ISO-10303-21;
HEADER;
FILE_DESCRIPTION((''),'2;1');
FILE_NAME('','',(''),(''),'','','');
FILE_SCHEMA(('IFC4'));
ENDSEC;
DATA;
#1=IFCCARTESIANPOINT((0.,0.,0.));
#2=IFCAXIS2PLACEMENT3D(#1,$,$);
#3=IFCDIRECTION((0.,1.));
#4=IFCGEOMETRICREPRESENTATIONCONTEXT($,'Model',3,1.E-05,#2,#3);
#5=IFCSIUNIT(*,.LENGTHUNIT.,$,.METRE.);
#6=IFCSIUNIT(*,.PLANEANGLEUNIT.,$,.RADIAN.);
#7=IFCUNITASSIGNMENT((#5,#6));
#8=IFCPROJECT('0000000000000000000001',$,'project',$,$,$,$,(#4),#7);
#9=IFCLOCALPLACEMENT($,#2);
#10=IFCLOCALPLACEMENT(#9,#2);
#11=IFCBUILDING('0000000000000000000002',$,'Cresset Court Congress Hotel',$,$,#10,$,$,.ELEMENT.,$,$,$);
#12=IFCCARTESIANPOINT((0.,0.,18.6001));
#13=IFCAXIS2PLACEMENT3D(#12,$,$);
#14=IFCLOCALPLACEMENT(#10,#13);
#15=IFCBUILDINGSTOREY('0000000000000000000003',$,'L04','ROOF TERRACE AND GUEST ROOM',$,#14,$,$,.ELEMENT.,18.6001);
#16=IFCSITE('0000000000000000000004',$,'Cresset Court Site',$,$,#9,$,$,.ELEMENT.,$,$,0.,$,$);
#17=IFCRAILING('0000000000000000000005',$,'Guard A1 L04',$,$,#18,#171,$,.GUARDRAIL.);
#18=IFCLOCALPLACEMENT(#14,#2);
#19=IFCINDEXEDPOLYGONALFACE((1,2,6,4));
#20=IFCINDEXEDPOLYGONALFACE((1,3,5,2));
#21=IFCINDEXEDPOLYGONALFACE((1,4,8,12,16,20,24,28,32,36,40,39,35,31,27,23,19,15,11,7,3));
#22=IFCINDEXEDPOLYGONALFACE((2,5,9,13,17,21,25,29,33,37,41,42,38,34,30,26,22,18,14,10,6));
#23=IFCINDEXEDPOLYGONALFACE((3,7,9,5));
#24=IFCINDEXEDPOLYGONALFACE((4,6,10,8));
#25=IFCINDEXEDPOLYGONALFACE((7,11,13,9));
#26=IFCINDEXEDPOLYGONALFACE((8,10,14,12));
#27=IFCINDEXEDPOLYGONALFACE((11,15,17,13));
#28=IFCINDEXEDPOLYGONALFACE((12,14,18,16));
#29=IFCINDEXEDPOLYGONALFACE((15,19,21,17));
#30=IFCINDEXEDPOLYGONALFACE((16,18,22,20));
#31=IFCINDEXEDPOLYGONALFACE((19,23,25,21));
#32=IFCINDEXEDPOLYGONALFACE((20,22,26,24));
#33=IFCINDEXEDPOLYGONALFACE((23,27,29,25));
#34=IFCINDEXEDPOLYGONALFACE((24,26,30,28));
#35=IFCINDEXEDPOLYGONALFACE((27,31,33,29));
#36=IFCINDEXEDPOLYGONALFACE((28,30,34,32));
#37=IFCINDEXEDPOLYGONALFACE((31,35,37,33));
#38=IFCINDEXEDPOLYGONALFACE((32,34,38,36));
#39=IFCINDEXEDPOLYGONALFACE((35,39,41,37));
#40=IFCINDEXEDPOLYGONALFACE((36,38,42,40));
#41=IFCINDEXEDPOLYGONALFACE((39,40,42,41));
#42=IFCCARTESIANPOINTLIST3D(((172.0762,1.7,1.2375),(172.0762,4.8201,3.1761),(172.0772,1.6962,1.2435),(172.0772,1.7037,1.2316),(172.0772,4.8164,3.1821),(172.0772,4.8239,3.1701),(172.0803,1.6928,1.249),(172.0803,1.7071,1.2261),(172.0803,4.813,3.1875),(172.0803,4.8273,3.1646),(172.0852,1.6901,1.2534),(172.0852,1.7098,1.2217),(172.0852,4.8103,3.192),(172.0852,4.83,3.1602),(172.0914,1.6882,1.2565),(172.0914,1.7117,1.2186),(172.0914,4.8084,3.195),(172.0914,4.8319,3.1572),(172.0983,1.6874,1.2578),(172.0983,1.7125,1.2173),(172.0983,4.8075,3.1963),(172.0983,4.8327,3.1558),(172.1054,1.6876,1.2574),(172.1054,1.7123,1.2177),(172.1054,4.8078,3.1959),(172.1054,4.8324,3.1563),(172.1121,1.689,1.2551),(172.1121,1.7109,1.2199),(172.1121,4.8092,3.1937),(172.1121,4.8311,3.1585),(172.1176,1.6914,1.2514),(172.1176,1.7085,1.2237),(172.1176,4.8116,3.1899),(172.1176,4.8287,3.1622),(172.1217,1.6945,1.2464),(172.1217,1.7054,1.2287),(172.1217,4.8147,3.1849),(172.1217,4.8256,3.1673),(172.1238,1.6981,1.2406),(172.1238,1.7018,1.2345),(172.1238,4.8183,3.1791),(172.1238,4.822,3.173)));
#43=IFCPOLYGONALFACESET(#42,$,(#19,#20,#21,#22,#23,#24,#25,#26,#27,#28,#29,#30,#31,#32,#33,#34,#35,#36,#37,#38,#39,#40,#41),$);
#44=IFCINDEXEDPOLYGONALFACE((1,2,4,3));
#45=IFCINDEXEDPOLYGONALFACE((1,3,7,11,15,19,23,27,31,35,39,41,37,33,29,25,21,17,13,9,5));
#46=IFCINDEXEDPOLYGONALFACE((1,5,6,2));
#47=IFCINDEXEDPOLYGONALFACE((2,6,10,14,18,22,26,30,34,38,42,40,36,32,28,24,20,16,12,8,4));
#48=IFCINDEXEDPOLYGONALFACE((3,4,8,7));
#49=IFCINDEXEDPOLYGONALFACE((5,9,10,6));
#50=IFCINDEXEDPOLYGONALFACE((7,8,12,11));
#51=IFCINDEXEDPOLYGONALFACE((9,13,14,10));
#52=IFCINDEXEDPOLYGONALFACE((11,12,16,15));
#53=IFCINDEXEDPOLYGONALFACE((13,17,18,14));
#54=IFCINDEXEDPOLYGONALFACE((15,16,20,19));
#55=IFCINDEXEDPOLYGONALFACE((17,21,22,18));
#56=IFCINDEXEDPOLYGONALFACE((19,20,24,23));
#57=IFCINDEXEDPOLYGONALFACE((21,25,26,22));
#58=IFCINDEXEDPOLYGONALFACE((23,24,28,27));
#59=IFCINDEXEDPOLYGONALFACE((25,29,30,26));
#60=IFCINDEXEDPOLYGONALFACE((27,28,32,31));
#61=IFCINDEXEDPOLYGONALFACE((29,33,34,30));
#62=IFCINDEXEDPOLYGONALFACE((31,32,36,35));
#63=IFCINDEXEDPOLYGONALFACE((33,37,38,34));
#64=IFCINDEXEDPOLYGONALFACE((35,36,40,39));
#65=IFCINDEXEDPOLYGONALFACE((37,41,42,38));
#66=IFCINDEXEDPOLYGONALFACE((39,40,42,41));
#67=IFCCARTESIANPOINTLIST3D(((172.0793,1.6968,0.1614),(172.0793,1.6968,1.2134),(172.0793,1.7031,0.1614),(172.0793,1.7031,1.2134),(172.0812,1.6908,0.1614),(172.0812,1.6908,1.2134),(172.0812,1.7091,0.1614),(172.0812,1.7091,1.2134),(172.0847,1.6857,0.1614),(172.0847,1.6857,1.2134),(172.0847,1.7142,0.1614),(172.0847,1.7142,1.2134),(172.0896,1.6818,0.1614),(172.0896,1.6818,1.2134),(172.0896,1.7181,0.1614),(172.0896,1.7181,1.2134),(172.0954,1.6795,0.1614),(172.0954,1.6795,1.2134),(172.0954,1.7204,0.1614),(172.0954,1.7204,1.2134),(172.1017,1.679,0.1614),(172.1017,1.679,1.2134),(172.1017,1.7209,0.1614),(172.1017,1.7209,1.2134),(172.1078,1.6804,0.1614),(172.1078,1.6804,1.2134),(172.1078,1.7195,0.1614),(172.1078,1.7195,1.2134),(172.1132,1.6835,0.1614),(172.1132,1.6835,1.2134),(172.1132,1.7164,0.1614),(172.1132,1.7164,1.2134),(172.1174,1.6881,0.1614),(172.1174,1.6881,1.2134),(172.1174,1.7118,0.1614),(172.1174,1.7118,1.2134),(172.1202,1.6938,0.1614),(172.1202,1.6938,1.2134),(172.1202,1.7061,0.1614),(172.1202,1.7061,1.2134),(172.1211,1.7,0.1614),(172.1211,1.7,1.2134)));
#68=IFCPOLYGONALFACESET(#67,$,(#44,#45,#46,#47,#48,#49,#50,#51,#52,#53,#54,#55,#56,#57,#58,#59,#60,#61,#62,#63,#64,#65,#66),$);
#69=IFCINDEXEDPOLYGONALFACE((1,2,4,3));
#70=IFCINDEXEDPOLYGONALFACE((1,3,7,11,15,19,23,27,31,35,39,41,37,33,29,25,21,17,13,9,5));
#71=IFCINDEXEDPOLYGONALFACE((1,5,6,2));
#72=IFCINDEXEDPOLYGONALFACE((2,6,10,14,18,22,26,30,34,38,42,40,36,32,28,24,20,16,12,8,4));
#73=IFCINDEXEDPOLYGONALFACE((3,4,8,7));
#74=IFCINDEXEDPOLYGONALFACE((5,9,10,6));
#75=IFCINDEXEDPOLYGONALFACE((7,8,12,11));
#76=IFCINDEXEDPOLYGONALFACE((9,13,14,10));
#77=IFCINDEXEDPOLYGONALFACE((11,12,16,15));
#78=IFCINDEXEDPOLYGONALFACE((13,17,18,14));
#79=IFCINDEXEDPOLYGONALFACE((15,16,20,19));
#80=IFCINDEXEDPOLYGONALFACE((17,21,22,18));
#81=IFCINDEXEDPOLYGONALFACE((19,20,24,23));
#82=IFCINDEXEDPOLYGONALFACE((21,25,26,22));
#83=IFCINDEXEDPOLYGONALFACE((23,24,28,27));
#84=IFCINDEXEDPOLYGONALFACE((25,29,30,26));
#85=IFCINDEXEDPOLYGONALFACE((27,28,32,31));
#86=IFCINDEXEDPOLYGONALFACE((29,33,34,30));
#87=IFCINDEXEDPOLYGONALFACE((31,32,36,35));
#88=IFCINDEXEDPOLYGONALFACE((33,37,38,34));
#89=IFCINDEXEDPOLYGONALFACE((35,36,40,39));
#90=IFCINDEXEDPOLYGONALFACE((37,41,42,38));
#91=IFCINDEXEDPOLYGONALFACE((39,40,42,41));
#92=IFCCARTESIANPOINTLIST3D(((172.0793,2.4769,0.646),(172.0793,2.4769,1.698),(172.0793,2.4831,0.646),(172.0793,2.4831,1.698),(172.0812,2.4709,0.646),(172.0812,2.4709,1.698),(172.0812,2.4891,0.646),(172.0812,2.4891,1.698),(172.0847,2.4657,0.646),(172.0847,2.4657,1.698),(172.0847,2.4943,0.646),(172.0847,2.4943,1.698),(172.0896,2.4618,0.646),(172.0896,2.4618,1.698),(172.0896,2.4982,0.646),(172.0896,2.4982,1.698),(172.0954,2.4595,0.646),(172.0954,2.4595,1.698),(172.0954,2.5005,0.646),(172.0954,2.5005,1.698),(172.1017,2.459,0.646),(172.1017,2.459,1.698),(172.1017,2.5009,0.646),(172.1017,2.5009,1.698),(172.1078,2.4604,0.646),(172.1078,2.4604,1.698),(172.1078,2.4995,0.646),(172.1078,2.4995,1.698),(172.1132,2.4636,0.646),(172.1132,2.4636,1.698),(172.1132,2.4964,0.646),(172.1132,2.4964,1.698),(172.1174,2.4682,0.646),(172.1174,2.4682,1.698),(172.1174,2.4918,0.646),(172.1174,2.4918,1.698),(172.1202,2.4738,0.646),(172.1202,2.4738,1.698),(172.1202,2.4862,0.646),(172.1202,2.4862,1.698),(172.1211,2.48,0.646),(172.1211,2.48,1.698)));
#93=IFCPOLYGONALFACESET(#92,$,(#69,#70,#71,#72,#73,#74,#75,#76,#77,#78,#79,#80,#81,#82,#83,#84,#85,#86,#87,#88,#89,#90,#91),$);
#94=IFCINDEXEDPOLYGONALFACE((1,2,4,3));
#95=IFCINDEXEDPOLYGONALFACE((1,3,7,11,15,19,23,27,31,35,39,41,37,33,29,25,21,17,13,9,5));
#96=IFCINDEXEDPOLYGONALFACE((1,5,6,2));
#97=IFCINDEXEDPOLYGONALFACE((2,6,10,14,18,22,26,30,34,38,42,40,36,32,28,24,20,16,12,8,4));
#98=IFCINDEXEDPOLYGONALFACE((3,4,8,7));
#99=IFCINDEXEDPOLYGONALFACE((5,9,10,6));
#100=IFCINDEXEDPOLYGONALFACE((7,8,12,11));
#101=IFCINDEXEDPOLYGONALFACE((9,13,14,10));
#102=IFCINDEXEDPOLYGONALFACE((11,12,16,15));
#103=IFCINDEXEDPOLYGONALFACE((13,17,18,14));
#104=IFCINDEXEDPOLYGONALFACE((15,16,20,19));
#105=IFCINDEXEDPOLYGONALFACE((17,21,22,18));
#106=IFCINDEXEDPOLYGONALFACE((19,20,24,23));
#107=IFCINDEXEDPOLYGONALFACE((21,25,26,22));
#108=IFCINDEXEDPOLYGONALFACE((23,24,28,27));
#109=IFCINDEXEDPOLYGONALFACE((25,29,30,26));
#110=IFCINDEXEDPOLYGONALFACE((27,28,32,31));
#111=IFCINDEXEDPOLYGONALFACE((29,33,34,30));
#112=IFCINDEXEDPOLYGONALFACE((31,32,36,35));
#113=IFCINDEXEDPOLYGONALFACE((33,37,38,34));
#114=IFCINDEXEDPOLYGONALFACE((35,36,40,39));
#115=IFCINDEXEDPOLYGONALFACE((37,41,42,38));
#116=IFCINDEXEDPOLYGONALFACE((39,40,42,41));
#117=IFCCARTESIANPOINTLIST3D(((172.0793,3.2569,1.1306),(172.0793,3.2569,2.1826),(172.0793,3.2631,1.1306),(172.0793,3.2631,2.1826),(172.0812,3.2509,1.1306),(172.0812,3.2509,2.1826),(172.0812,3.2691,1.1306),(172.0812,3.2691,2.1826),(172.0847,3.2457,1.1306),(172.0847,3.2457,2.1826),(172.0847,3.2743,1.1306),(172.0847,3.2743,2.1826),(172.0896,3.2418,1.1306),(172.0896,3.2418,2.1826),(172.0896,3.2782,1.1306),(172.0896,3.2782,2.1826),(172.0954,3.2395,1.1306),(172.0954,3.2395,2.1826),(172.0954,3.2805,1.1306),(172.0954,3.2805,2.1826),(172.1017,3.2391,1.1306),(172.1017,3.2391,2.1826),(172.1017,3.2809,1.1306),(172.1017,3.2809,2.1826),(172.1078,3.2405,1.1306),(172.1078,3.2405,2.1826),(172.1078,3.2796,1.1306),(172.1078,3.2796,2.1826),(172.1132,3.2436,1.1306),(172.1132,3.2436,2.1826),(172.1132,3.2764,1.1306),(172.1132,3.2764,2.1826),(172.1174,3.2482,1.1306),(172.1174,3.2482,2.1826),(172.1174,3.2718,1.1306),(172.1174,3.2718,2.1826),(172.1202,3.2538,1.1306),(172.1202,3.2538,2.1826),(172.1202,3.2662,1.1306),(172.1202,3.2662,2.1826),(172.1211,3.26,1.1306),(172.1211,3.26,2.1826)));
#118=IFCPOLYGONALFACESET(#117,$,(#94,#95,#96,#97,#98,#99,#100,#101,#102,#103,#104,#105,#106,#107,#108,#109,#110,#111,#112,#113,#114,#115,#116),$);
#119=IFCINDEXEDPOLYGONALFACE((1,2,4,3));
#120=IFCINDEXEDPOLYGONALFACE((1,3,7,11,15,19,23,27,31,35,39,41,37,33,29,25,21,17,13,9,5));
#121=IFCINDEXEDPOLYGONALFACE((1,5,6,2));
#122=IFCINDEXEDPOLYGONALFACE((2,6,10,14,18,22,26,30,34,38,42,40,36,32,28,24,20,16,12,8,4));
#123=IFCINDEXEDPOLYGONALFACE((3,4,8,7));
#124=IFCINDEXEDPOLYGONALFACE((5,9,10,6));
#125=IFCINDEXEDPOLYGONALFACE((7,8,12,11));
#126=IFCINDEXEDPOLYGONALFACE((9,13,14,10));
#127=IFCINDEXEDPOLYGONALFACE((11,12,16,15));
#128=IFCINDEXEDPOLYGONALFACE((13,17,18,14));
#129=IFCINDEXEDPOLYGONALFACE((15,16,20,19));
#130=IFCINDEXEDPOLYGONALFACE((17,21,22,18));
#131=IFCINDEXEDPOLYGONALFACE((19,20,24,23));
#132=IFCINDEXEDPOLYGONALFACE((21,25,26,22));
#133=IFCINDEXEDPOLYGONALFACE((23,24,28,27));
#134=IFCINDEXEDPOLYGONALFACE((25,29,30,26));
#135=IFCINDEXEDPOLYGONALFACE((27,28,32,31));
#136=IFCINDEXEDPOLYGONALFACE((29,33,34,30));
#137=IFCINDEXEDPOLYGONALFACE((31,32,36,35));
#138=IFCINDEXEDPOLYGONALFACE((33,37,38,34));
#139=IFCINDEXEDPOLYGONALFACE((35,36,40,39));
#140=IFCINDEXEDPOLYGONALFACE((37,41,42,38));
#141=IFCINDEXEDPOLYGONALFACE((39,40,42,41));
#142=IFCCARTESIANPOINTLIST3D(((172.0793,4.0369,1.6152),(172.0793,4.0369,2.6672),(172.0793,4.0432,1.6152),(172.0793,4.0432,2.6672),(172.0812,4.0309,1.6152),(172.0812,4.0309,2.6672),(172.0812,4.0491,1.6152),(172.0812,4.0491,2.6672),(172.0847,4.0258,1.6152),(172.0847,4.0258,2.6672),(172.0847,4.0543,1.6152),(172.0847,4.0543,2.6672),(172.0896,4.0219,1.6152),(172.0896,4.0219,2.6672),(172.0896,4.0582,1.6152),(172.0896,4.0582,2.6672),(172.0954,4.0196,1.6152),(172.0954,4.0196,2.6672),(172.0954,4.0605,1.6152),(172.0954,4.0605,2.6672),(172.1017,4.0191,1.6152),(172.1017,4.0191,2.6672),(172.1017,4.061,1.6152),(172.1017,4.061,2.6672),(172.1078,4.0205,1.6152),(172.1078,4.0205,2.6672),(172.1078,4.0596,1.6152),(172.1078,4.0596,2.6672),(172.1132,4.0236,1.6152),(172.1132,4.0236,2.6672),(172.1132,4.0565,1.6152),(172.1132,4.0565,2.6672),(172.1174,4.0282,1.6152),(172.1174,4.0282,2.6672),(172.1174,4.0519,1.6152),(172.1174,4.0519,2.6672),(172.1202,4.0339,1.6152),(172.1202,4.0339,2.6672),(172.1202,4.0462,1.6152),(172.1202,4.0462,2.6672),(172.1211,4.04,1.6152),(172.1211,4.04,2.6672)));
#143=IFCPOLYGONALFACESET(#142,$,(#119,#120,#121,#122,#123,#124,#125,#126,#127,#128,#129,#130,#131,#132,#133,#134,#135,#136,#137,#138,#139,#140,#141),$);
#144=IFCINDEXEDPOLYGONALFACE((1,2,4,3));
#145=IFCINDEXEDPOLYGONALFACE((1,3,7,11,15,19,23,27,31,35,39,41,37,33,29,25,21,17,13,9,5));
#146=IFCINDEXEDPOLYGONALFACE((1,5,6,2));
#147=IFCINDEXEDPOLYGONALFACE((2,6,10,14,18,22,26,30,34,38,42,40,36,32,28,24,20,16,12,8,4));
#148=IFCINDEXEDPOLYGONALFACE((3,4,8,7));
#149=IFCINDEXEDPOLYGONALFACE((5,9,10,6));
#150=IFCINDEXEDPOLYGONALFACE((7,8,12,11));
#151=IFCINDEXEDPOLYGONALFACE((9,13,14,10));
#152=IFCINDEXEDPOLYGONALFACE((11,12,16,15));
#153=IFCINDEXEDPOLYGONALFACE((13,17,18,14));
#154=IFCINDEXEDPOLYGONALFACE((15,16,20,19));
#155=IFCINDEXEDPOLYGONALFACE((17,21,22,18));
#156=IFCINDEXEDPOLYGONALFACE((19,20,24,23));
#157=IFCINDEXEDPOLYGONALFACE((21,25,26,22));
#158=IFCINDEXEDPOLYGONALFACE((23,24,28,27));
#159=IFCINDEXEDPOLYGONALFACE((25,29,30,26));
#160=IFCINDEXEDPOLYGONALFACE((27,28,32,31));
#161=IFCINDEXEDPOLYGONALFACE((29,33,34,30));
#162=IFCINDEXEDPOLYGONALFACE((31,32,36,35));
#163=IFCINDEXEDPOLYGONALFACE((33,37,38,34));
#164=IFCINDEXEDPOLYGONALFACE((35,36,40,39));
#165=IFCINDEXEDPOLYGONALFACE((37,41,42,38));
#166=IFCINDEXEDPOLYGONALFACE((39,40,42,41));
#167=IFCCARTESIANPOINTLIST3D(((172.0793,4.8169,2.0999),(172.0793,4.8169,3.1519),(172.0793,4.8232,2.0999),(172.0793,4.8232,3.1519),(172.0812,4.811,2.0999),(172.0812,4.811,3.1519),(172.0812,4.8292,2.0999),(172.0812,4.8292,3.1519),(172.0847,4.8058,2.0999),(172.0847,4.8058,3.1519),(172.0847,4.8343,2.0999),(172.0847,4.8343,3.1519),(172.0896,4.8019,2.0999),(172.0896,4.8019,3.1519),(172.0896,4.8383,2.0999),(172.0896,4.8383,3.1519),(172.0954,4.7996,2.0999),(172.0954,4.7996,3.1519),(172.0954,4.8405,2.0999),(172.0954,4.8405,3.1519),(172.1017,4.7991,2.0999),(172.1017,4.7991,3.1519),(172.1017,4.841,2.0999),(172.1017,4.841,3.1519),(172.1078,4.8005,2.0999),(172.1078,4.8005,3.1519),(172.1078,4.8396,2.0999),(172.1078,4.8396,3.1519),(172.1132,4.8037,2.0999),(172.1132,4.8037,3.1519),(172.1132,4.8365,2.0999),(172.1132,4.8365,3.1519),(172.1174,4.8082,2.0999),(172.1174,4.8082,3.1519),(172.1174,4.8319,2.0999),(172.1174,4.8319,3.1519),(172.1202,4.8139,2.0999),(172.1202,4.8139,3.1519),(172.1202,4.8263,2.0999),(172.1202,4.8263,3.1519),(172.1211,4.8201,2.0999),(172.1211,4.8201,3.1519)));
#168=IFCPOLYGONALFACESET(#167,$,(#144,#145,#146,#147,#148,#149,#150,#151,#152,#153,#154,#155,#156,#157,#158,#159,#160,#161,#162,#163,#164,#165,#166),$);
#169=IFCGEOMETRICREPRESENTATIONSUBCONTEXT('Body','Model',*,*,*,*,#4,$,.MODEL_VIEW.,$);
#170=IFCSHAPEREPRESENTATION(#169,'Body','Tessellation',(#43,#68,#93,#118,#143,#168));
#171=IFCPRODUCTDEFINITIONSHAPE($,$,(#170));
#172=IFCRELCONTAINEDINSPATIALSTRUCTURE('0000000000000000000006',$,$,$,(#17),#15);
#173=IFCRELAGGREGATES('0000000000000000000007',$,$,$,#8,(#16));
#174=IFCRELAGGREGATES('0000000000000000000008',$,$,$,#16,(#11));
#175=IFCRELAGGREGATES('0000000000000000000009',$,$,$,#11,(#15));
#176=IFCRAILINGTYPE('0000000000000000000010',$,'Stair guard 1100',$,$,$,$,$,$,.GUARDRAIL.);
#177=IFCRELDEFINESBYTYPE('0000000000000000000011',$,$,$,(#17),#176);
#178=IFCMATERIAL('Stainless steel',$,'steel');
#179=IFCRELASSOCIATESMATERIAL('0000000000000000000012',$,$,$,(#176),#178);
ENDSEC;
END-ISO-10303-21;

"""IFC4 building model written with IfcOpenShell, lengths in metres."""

from ifc_helpers import new_model, si_unit, direction, frame, origin, origin_2d, place, context, subcontext, project, spatial, circle, extrude, material, type_object, element, save


model = new_model("IFC4")

# Units and contexts
model_context = context("Model", 3, precision=1e-05, world=origin(), true_north=direction((0.0, 1.0)))
body_context = subcontext(model_context, "Body", "Model", "MODEL_VIEW")
ifc_project = project(units=[si_unit("LENGTHUNIT", "METRE"), si_unit("PLANEANGLEUNIT", "RADIAN")], contexts=[model_context])

# Site, building, storey
site_placement = place(None, origin())
site = spatial("IfcSite", under=ifc_project, at=site_placement, Name="Cresset Court Site", CompositionType="ELEMENT", RefElevation=0.0)
building_placement = place(site_placement, origin())
building = spatial("IfcBuilding", under=site, at=building_placement, Name="Cresset Court Congress Hotel", CompositionType="ELEMENT")
storey_placement = place(building_placement, frame((0.0, 0.0, 18.6001)))
storey = spatial("IfcBuildingStorey", under=building, at=storey_placement, Name="L04", Description="ROOF TERRACE AND GUEST ROOM", CompositionType="ELEMENT", Elevation=18.6001)

# Railing
ifc_material_1 = material(Name="Stainless steel", Category="steel")
railing_type_1 = type_object("IfcRailingType", Name="Stair guard 1100", PredefinedType="GUARDRAIL", material=ifc_material_1)
railing_1_placement = place(storey_placement, frame((172.1001, 1.7, 0.1614)))
element("IfcRailing", 1, at=railing_1_placement, inside=storey, type_object=railing_type_1, Name="Guard A1 L04", PredefinedType="GUARDRAIL", context=body_context, shape_type="SweptSolid", body=[
    extrude(circle(Radius=0.0239, at=origin_2d()), frame((0.0, 0.0, 1.0762), z_axis=(0.0, 0.849414, 0.527727), x_axis=(-1.0, 0.0, 0.0)), (0.0, 0.0, 1.0), 3.6733),
    extrude(circle(Radius=0.021, at=origin_2d()), origin(), (0.0, 0.0, 1.0), 1.052),
    extrude(circle(Radius=0.021, at=origin_2d()), frame((0.0, 0.78, 0.4846)), (0.0, 0.0, 1.0), 1.052),
    extrude(circle(Radius=0.021, at=origin_2d()), frame((0.0, 1.5601, 0.9692)), (0.0, 0.0, 1.0), 1.052),
    extrude(circle(Radius=0.021, at=origin_2d()), frame((0.0, 2.3401, 1.4539)), (0.0, 0.0, 1.0), 1.052),
    extrude(circle(Radius=0.021, at=origin_2d()), frame((0.0, 3.1201, 1.9385)), (0.0, 0.0, 1.0), 1.052),
])

save(model, "model.ifc")
